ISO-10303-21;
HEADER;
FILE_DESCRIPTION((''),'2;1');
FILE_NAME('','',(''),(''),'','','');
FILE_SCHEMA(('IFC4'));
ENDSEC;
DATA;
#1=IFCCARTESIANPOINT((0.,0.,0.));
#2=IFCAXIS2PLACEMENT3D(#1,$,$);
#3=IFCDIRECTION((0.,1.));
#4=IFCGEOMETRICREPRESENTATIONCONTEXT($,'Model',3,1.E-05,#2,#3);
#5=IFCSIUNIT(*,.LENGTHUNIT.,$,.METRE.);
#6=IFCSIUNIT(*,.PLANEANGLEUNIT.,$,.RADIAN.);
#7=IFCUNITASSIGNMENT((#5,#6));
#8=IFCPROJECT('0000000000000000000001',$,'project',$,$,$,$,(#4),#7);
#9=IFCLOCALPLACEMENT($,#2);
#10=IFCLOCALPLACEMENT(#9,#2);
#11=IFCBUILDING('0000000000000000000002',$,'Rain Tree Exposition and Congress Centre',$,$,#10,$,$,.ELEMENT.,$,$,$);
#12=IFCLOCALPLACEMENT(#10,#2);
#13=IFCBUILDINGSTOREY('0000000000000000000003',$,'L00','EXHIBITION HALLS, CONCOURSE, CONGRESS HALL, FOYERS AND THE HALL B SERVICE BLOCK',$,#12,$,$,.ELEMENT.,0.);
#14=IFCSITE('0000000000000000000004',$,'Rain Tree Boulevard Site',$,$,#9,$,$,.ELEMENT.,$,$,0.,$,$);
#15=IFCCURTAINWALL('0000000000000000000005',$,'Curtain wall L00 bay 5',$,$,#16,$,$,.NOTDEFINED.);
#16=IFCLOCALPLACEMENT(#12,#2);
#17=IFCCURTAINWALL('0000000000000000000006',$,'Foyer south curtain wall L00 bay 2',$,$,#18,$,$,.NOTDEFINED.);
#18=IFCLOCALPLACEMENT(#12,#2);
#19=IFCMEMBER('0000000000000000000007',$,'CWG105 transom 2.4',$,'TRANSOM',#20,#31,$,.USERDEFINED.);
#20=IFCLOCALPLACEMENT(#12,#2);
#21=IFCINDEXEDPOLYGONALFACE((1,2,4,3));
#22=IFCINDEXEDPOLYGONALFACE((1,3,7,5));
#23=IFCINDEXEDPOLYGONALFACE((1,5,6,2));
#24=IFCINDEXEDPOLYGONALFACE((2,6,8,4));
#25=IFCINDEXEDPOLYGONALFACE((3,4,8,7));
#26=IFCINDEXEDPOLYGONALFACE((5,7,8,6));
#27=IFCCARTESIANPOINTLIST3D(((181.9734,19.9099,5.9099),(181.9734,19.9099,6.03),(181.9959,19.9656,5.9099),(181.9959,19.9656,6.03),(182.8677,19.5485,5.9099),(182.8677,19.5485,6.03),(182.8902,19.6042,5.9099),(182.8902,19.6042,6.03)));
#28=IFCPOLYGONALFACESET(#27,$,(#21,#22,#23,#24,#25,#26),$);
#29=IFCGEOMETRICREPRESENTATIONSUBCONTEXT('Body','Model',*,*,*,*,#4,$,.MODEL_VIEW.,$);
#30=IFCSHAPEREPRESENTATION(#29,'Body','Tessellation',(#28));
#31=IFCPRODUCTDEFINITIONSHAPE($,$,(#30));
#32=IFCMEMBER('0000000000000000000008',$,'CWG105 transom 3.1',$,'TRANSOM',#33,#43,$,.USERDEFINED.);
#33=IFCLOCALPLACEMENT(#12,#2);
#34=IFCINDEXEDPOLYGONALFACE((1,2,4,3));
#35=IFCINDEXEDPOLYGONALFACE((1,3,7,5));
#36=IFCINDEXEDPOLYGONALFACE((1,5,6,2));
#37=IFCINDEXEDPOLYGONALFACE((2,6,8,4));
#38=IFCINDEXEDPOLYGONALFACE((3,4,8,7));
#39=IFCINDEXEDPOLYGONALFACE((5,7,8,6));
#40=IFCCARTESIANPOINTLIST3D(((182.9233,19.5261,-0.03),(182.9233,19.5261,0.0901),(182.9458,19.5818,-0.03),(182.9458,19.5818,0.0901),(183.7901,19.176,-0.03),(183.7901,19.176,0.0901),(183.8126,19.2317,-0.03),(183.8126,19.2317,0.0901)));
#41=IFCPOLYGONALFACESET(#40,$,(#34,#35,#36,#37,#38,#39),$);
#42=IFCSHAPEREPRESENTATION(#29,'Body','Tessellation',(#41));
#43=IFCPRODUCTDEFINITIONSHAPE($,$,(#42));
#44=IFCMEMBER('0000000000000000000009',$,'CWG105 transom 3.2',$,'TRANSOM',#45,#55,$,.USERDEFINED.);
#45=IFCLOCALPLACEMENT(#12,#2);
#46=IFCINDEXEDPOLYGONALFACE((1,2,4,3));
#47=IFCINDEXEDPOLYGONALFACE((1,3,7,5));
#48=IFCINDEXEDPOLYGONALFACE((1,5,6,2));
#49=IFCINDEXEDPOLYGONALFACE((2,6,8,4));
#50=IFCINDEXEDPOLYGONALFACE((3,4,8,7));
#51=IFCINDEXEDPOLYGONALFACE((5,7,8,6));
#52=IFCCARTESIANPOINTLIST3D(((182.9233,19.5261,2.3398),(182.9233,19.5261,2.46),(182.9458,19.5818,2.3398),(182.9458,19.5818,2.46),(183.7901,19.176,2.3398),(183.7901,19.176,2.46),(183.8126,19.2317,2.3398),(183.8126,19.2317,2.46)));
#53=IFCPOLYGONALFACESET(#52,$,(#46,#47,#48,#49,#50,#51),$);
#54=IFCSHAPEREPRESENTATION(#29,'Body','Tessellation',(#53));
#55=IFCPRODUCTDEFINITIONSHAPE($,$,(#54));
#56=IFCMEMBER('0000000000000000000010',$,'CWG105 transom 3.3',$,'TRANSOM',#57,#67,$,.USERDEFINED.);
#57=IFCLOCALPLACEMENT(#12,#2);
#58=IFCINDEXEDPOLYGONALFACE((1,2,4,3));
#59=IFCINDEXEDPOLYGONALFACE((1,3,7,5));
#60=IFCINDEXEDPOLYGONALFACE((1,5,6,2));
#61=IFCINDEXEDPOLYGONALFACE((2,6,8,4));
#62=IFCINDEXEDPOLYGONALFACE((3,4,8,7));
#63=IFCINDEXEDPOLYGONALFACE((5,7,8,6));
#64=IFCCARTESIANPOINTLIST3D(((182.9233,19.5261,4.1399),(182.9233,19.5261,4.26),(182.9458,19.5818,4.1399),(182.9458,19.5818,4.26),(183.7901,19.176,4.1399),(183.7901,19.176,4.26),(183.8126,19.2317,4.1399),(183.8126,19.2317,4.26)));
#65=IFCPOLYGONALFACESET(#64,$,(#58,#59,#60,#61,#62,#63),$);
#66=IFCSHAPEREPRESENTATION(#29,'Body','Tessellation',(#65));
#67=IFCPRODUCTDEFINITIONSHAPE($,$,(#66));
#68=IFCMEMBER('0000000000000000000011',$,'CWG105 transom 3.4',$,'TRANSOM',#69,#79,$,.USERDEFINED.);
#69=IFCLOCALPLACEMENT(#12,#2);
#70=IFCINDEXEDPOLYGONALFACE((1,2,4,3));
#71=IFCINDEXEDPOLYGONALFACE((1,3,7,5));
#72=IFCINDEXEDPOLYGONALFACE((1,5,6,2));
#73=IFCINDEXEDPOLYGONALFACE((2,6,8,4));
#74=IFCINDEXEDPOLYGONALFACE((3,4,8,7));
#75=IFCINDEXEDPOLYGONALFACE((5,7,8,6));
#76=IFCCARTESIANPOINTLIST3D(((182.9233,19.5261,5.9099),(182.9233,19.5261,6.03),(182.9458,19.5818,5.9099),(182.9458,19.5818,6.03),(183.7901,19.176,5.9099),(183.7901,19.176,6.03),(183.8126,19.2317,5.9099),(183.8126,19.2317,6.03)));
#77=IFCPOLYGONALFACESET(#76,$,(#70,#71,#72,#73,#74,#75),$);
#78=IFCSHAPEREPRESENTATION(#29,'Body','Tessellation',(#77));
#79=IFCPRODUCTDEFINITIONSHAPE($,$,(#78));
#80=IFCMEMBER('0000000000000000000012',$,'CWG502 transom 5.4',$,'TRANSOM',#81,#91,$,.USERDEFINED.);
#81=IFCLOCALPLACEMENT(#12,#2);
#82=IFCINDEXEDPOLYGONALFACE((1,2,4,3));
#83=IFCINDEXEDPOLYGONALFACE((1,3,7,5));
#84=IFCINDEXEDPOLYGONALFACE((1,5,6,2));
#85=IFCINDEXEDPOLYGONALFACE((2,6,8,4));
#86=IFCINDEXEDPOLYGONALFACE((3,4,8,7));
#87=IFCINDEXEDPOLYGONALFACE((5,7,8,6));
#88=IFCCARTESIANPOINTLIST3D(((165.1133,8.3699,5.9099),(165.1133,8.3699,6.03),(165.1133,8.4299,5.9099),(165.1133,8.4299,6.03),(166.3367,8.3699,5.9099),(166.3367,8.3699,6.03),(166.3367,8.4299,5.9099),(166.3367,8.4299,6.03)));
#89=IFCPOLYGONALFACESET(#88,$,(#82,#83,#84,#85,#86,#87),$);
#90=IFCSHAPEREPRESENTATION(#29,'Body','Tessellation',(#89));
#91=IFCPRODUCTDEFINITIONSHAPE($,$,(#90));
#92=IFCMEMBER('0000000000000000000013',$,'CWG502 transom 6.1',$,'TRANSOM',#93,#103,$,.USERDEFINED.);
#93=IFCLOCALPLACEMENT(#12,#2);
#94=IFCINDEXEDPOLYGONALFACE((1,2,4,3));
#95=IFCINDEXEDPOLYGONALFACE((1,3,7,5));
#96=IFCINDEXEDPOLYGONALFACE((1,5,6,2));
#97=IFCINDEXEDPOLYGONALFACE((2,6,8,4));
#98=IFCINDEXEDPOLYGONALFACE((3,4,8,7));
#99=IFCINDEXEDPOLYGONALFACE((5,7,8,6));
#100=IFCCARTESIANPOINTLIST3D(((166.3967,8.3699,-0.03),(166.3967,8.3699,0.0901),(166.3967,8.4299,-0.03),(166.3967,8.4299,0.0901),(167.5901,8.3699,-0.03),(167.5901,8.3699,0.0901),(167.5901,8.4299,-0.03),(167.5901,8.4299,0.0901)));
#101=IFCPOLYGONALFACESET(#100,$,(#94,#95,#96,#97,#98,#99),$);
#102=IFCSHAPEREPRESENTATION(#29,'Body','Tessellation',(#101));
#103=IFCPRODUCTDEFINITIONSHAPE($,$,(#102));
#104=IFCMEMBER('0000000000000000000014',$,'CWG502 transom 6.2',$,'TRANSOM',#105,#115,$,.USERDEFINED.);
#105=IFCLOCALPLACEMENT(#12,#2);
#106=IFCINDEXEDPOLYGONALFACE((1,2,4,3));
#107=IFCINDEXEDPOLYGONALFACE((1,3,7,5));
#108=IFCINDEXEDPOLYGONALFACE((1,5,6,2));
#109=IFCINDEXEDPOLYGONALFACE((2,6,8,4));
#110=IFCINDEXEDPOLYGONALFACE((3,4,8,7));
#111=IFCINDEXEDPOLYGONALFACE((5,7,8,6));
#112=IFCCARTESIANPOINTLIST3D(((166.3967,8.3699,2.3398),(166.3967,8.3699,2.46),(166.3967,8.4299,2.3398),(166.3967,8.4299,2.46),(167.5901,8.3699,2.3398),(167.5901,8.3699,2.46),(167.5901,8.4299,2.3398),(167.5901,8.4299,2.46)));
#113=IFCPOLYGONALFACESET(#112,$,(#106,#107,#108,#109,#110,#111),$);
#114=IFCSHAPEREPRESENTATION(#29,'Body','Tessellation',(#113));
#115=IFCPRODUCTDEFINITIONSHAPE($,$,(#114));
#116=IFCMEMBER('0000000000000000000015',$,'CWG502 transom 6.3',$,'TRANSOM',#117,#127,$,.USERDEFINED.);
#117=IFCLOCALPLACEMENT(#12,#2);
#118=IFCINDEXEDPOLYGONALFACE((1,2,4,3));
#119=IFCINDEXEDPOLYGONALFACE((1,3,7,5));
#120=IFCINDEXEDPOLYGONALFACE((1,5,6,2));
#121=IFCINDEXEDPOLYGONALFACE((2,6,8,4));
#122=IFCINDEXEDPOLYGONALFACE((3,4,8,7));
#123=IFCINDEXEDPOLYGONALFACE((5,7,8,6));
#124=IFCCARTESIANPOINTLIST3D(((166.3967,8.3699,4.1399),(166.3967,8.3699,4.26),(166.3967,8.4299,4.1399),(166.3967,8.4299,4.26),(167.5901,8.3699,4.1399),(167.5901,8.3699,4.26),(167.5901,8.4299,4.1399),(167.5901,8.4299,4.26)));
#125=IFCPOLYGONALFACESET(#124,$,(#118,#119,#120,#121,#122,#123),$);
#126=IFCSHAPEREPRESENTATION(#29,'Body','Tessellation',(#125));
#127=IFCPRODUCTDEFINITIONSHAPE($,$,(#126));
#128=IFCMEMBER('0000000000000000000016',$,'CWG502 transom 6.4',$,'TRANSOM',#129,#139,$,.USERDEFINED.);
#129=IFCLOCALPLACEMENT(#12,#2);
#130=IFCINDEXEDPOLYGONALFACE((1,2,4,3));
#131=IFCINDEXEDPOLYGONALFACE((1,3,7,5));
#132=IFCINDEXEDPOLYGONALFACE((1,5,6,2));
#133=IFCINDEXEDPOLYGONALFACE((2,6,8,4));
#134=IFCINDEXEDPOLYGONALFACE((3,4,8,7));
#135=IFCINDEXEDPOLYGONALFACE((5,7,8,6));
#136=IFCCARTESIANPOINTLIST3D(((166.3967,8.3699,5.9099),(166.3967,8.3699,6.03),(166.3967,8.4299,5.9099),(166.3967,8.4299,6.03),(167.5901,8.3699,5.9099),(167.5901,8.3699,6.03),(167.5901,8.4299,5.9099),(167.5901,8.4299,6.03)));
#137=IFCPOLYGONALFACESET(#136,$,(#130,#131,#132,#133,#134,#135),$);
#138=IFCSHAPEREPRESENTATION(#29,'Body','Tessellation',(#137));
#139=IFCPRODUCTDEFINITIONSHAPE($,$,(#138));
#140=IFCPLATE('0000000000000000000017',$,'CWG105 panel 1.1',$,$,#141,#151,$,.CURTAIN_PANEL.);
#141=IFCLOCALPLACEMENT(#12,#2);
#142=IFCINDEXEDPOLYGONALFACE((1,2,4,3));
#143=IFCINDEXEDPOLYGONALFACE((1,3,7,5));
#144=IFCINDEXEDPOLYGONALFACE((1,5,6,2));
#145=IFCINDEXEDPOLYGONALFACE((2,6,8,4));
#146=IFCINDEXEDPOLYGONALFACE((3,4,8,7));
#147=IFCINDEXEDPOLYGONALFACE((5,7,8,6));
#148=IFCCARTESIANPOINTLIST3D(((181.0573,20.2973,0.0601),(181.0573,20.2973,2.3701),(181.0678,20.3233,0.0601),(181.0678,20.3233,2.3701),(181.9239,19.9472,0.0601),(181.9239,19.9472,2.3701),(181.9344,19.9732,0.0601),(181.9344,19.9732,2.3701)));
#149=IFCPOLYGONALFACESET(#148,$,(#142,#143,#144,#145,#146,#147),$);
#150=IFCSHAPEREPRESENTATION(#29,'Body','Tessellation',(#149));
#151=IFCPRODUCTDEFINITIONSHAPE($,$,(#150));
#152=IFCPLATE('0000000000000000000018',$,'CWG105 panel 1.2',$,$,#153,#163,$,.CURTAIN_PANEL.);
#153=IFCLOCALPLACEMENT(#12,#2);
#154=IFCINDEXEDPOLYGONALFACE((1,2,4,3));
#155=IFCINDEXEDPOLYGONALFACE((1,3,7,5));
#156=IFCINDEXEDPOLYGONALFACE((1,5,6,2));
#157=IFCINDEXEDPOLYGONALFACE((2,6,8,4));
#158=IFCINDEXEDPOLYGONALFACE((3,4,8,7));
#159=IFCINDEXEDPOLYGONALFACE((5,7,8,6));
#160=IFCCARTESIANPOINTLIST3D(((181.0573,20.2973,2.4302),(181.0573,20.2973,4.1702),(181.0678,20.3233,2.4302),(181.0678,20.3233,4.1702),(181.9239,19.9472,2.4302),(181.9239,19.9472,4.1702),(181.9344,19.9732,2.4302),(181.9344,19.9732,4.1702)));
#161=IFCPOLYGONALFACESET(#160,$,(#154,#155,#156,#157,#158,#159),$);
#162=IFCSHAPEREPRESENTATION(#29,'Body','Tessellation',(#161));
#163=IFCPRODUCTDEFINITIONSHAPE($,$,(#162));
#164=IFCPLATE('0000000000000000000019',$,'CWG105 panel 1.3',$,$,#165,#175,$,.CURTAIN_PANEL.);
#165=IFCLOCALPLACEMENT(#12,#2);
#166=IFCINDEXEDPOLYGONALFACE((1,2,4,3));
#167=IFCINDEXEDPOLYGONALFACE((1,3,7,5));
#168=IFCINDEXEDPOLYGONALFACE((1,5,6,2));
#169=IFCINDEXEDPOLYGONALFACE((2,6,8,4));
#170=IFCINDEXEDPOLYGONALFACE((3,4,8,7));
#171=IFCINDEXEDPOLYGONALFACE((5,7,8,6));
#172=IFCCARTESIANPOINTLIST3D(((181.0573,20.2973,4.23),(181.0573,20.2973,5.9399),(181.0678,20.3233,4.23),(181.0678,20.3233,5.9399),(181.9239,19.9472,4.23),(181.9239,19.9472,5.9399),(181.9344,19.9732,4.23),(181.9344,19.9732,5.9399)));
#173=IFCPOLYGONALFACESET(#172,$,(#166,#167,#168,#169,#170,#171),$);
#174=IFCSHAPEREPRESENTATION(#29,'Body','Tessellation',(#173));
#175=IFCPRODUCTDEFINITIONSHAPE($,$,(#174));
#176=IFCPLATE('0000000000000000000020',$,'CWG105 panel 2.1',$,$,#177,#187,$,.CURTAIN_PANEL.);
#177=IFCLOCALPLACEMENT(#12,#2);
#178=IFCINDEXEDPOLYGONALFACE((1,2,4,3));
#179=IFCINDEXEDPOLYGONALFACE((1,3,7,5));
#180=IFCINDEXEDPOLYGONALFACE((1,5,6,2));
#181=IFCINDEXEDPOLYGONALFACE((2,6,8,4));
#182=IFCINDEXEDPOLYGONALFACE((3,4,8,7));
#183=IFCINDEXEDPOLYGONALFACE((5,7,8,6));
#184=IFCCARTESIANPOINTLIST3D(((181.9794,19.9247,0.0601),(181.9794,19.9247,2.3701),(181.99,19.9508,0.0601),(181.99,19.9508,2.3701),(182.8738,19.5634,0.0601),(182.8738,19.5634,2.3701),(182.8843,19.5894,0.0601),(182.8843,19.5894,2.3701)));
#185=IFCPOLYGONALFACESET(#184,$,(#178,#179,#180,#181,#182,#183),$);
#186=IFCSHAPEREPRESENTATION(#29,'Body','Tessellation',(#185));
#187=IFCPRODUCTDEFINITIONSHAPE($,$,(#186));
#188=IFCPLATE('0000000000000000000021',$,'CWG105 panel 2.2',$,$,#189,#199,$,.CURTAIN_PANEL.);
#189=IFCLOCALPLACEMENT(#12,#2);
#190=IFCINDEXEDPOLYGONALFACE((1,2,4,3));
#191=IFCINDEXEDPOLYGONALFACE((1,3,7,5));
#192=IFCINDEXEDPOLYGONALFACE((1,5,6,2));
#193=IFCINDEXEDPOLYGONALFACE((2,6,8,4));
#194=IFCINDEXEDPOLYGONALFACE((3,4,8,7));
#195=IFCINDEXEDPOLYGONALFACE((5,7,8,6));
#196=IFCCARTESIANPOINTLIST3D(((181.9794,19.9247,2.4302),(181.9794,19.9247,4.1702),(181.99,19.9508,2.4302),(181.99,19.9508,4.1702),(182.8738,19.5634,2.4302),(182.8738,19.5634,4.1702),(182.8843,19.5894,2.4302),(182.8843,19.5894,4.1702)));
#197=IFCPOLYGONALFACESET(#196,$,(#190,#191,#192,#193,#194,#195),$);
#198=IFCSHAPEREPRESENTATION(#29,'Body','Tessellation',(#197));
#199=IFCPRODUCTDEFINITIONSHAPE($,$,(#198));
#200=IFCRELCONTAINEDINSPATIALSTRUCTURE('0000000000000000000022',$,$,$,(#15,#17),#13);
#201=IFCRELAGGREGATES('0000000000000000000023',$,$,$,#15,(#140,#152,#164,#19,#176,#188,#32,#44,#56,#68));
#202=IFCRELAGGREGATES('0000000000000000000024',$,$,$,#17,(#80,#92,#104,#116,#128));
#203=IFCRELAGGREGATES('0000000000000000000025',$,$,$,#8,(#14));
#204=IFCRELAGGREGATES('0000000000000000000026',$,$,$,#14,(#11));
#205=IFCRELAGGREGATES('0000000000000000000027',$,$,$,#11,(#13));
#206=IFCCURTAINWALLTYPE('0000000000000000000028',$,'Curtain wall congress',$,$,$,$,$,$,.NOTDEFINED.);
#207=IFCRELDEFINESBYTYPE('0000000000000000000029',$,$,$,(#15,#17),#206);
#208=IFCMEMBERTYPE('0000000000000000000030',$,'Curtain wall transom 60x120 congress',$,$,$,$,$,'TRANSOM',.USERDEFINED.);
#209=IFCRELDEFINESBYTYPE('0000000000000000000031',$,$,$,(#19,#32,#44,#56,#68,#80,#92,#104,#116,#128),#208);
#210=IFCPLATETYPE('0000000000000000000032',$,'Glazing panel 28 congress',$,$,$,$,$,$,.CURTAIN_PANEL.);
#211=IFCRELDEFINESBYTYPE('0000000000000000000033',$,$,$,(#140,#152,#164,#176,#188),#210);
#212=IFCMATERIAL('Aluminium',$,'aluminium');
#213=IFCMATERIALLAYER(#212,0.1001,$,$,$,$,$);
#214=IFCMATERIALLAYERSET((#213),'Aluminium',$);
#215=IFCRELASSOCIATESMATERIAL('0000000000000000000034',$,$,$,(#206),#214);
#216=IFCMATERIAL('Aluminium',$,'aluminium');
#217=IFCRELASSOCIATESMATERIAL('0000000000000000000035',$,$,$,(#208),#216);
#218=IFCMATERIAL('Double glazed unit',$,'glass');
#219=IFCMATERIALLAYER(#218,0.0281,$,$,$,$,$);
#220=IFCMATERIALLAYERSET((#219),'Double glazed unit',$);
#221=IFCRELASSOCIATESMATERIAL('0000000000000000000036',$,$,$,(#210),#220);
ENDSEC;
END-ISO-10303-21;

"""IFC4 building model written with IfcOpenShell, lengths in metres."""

from ifc_helpers import new_model, si_unit, direction, frame, origin, origin_2d, place, context, subcontext, project, spatial, rectangle, extrude, material, layer, layer_set, material_profile, profile_set, type_object, element, aggregate, save


model = new_model("IFC4")

# Units and contexts
model_context = context("Model", 3, precision=1e-05, world=origin(), true_north=direction((0.0, 1.0)))
body_context = subcontext(model_context, "Body", "Model", "MODEL_VIEW")
ifc_project = project(units=[si_unit("LENGTHUNIT", "METRE"), si_unit("PLANEANGLEUNIT", "RADIAN")], contexts=[model_context])

# Site, building, storey
site_placement = place(None, origin())
site = spatial("IfcSite", under=ifc_project, at=site_placement, Name="Rain Tree Boulevard Site", CompositionType="ELEMENT", RefElevation=0.0)
building_placement = place(site_placement, origin())
building = spatial("IfcBuilding", under=site, at=building_placement, Name="Rain Tree Exposition and Congress Centre", CompositionType="ELEMENT")
storey_placement = place(building_placement, origin())
storey = spatial("IfcBuildingStorey", under=building, at=storey_placement, Name="L00", Description="EXHIBITION HALLS, CONCOURSE, CONGRESS HALL, FOYERS AND THE HALL B SERVICE BLOCK", CompositionType="ELEMENT", Elevation=0.0)

# Curtain walls
ifc_material_1 = material(Name="Aluminium", Category="aluminium")
ifc_layer_1 = layer(ifc_material_1, 0.1001)
ifc_layer_set_1 = layer_set([ifc_layer_1], Name="Aluminium")
curtain_wall_type = type_object("IfcCurtainWallType", Name="Curtain wall congress", PredefinedType="NOTDEFINED", material=ifc_layer_set_1)
curtain_wall_1_placement = place(storey_placement, origin())
curtain_wall_1 = element("IfcCurtainWall", 1, at=curtain_wall_1_placement, inside=storey, type_object=curtain_wall_type, Name="Curtain wall L00 bay 5", PredefinedType="NOTDEFINED")
curtain_wall_2_placement = place(storey_placement, origin())
curtain_wall_2 = element("IfcCurtainWall", 2, at=curtain_wall_2_placement, inside=storey, type_object=curtain_wall_type, Name="Foyer south curtain wall L00 bay 2", PredefinedType="NOTDEFINED")

# Members
ifc_material_2 = material(Name="Aluminium", Category="aluminium")
ifc_material_profile_1 = material_profile(ifc_material_2, rectangle(XDim=0.0601, YDim=0.1201, at=origin_2d()), Name="AL 60x120")
ifc_profile_set_1 = profile_set([ifc_material_profile_1], Name="Aluminium")
member_type_1 = type_object("IfcMemberType", Name="Curtain wall transom 60x120 congress", ElementType="TRANSOM", PredefinedType="USERDEFINED", material=ifc_profile_set_1)
member_1_placement = place(storey_placement, frame((181.9846, 19.9377, 5.97), z_axis=(0.927179, -0.374618, 0.0), x_axis=(0.374618, 0.927179, 0.0)))
member_1 = element("IfcMember", 3, at=member_1_placement, type_object=member_type_1, Name="CWG105 transom 2.4", ObjectType="TRANSOM", PredefinedType="USERDEFINED", context=body_context, shape_type="SweptSolid", body=[
    extrude(rectangle(XDim=0.0601, YDim=0.1201, at=origin_2d()), origin(), (0.0, 0.0, 1.0), 0.9646),
])
member_2_placement = place(storey_placement, frame((182.9346, 19.554, 0.03), z_axis=(0.92721, -0.374541, 0.0), x_axis=(0.374541, 0.92721, 0.0)))
member_2 = element("IfcMember", 4, at=member_2_placement, type_object=member_type_1, Name="CWG105 transom 3.1", ObjectType="TRANSOM", PredefinedType="USERDEFINED", context=body_context, shape_type="SweptSolid", body=[
    extrude(rectangle(XDim=0.0601, YDim=0.1201, at=origin_2d()), origin(), (0.0, 0.0, 1.0), 0.9348),
])
member_3_placement = place(storey_placement, frame((182.9346, 19.554, 2.3999), z_axis=(0.92721, -0.374541, 0.0), x_axis=(0.374541, 0.92721, 0.0)))
member_3 = element("IfcMember", 5, at=member_3_placement, type_object=member_type_1, Name="CWG105 transom 3.2", ObjectType="TRANSOM", PredefinedType="USERDEFINED", context=body_context, shape_type="SweptSolid", body=[
    extrude(rectangle(XDim=0.0601, YDim=0.1201, at=origin_2d()), origin(), (0.0, 0.0, 1.0), 0.9348),
])
member_4_placement = place(storey_placement, frame((182.9346, 19.554, 4.2), z_axis=(0.92721, -0.374541, 0.0), x_axis=(0.374541, 0.92721, 0.0)))
member_4 = element("IfcMember", 6, at=member_4_placement, type_object=member_type_1, Name="CWG105 transom 3.3", ObjectType="TRANSOM", PredefinedType="USERDEFINED", context=body_context, shape_type="SweptSolid", body=[
    extrude(rectangle(XDim=0.0601, YDim=0.1201, at=origin_2d()), origin(), (0.0, 0.0, 1.0), 0.9348),
])
member_5_placement = place(storey_placement, frame((182.9346, 19.554, 5.97), z_axis=(0.92721, -0.374541, 0.0), x_axis=(0.374541, 0.92721, 0.0)))
member_5 = element("IfcMember", 7, at=member_5_placement, type_object=member_type_1, Name="CWG105 transom 3.4", ObjectType="TRANSOM", PredefinedType="USERDEFINED", context=body_context, shape_type="SweptSolid", body=[
    extrude(rectangle(XDim=0.0601, YDim=0.1201, at=origin_2d()), origin(), (0.0, 0.0, 1.0), 0.9348),
])
member_6_placement = place(storey_placement, frame((165.1133, 8.3999, 5.97), z_axis=(1.0, 0.0, 0.0), x_axis=(0.0, 1.0, 0.0)))
member_6 = element("IfcMember", 8, at=member_6_placement, type_object=member_type_1, Name="CWG502 transom 5.4", ObjectType="TRANSOM", PredefinedType="USERDEFINED", context=body_context, shape_type="SweptSolid", body=[
    extrude(rectangle(XDim=0.0601, YDim=0.1201, at=origin_2d()), origin(), (0.0, 0.0, 1.0), 1.2234),
])
member_7_placement = place(storey_placement, frame((166.3967, 8.3999, 0.03), z_axis=(1.0, 0.0, 0.0), x_axis=(0.0, 1.0, 0.0)))
member_7 = element("IfcMember", 9, at=member_7_placement, type_object=member_type_1, Name="CWG502 transom 6.1", ObjectType="TRANSOM", PredefinedType="USERDEFINED", context=body_context, shape_type="SweptSolid", body=[
    extrude(rectangle(XDim=0.0601, YDim=0.1201, at=origin_2d()), origin(), (0.0, 0.0, 1.0), 1.1934),
])
member_8_placement = place(storey_placement, frame((166.3967, 8.3999, 2.3999), z_axis=(1.0, 0.0, 0.0), x_axis=(0.0, 1.0, 0.0)))
member_8 = element("IfcMember", 10, at=member_8_placement, type_object=member_type_1, Name="CWG502 transom 6.2", ObjectType="TRANSOM", PredefinedType="USERDEFINED", context=body_context, shape_type="SweptSolid", body=[
    extrude(rectangle(XDim=0.0601, YDim=0.1201, at=origin_2d()), origin(), (0.0, 0.0, 1.0), 1.1934),
])
member_9_placement = place(storey_placement, frame((166.3967, 8.3999, 4.2), z_axis=(1.0, 0.0, 0.0), x_axis=(0.0, 1.0, 0.0)))
member_9 = element("IfcMember", 11, at=member_9_placement, type_object=member_type_1, Name="CWG502 transom 6.3", ObjectType="TRANSOM", PredefinedType="USERDEFINED", context=body_context, shape_type="SweptSolid", body=[
    extrude(rectangle(XDim=0.0601, YDim=0.1201, at=origin_2d()), origin(), (0.0, 0.0, 1.0), 1.1934),
])
member_10_placement = place(storey_placement, frame((166.3967, 8.3999, 5.97), z_axis=(1.0, 0.0, 0.0), x_axis=(0.0, 1.0, 0.0)))
member_10 = element("IfcMember", 12, at=member_10_placement, type_object=member_type_1, Name="CWG502 transom 6.4", ObjectType="TRANSOM", PredefinedType="USERDEFINED", context=body_context, shape_type="SweptSolid", body=[
    extrude(rectangle(XDim=0.0601, YDim=0.1201, at=origin_2d()), origin(), (0.0, 0.0, 1.0), 1.1934),
])

# Plates
ifc_material_3 = material(Name="Double glazed unit", Category="glass")
ifc_layer_2 = layer(ifc_material_3, 0.0281)
ifc_layer_set_2 = layer_set([ifc_layer_2], Name="Double glazed unit")
plate_type = type_object("IfcPlateType", Name="Glazing panel 28 congress", PredefinedType="CURTAIN_PANEL", material=ifc_layer_set_2)
plate_1_placement = place(storey_placement, frame((181.4958, 20.1353, 0.0601), z_axis=(0.0, 0.0, 1.0), x_axis=(0.927188, -0.374597, 0.0)))
plate_1 = element("IfcPlate", 13, at=plate_1_placement, type_object=plate_type, Name="CWG105 panel 1.1", PredefinedType="CURTAIN_PANEL", context=body_context, shape_type="SweptSolid", body=[
    extrude(rectangle(XDim=0.9346, YDim=0.0281, at=origin_2d()), origin(), (0.0, 0.0, 1.0), 2.3101),
])
plate_2_placement = place(storey_placement, frame((181.4958, 20.1353, 2.4302), z_axis=(0.0, 0.0, 1.0), x_axis=(0.927188, -0.374597, 0.0)))
plate_2 = element("IfcPlate", 14, at=plate_2_placement, type_object=plate_type, Name="CWG105 panel 1.2", PredefinedType="CURTAIN_PANEL", context=body_context, shape_type="SweptSolid", body=[
    extrude(rectangle(XDim=0.9346, YDim=0.0281, at=origin_2d()), origin(), (0.0, 0.0, 1.0), 1.74),
])
plate_3_placement = place(storey_placement, frame((181.4958, 20.1353, 4.23), z_axis=(0.0, 0.0, 1.0), x_axis=(0.927188, -0.374597, 0.0)))
plate_3 = element("IfcPlate", 15, at=plate_3_placement, type_object=plate_type, Name="CWG105 panel 1.3", PredefinedType="CURTAIN_PANEL", context=body_context, shape_type="SweptSolid", body=[
    extrude(rectangle(XDim=0.9346, YDim=0.0281, at=origin_2d()), origin(), (0.0, 0.0, 1.0), 1.71),
])
plate_4_placement = place(storey_placement, frame((182.4319, 19.7571, 0.0601), z_axis=(0.0, 0.0, 1.0), x_axis=(0.927188, -0.374597, 0.0)))
plate_4 = element("IfcPlate", 16, at=plate_4_placement, type_object=plate_type, Name="CWG105 panel 2.1", PredefinedType="CURTAIN_PANEL", context=body_context, shape_type="SweptSolid", body=[
    extrude(rectangle(XDim=0.9646, YDim=0.0281, at=origin_2d()), origin(), (0.0, 0.0, 1.0), 2.3101),
])
plate_5_placement = place(storey_placement, frame((182.4319, 19.7571, 2.4302), z_axis=(0.0, 0.0, 1.0), x_axis=(0.927188, -0.374597, 0.0)))
plate_5 = element("IfcPlate", 17, at=plate_5_placement, type_object=plate_type, Name="CWG105 panel 2.2", PredefinedType="CURTAIN_PANEL", context=body_context, shape_type="SweptSolid", body=[
    extrude(rectangle(XDim=0.9646, YDim=0.0281, at=origin_2d()), origin(), (0.0, 0.0, 1.0), 1.74),
])
aggregate(curtain_wall_1, [plate_1, plate_2, plate_3, member_1, plate_4, plate_5, member_2, member_3, member_4, member_5])
aggregate(curtain_wall_2, [member_6, member_7, member_8, member_9, member_10])

save(model, "model.ifc")
